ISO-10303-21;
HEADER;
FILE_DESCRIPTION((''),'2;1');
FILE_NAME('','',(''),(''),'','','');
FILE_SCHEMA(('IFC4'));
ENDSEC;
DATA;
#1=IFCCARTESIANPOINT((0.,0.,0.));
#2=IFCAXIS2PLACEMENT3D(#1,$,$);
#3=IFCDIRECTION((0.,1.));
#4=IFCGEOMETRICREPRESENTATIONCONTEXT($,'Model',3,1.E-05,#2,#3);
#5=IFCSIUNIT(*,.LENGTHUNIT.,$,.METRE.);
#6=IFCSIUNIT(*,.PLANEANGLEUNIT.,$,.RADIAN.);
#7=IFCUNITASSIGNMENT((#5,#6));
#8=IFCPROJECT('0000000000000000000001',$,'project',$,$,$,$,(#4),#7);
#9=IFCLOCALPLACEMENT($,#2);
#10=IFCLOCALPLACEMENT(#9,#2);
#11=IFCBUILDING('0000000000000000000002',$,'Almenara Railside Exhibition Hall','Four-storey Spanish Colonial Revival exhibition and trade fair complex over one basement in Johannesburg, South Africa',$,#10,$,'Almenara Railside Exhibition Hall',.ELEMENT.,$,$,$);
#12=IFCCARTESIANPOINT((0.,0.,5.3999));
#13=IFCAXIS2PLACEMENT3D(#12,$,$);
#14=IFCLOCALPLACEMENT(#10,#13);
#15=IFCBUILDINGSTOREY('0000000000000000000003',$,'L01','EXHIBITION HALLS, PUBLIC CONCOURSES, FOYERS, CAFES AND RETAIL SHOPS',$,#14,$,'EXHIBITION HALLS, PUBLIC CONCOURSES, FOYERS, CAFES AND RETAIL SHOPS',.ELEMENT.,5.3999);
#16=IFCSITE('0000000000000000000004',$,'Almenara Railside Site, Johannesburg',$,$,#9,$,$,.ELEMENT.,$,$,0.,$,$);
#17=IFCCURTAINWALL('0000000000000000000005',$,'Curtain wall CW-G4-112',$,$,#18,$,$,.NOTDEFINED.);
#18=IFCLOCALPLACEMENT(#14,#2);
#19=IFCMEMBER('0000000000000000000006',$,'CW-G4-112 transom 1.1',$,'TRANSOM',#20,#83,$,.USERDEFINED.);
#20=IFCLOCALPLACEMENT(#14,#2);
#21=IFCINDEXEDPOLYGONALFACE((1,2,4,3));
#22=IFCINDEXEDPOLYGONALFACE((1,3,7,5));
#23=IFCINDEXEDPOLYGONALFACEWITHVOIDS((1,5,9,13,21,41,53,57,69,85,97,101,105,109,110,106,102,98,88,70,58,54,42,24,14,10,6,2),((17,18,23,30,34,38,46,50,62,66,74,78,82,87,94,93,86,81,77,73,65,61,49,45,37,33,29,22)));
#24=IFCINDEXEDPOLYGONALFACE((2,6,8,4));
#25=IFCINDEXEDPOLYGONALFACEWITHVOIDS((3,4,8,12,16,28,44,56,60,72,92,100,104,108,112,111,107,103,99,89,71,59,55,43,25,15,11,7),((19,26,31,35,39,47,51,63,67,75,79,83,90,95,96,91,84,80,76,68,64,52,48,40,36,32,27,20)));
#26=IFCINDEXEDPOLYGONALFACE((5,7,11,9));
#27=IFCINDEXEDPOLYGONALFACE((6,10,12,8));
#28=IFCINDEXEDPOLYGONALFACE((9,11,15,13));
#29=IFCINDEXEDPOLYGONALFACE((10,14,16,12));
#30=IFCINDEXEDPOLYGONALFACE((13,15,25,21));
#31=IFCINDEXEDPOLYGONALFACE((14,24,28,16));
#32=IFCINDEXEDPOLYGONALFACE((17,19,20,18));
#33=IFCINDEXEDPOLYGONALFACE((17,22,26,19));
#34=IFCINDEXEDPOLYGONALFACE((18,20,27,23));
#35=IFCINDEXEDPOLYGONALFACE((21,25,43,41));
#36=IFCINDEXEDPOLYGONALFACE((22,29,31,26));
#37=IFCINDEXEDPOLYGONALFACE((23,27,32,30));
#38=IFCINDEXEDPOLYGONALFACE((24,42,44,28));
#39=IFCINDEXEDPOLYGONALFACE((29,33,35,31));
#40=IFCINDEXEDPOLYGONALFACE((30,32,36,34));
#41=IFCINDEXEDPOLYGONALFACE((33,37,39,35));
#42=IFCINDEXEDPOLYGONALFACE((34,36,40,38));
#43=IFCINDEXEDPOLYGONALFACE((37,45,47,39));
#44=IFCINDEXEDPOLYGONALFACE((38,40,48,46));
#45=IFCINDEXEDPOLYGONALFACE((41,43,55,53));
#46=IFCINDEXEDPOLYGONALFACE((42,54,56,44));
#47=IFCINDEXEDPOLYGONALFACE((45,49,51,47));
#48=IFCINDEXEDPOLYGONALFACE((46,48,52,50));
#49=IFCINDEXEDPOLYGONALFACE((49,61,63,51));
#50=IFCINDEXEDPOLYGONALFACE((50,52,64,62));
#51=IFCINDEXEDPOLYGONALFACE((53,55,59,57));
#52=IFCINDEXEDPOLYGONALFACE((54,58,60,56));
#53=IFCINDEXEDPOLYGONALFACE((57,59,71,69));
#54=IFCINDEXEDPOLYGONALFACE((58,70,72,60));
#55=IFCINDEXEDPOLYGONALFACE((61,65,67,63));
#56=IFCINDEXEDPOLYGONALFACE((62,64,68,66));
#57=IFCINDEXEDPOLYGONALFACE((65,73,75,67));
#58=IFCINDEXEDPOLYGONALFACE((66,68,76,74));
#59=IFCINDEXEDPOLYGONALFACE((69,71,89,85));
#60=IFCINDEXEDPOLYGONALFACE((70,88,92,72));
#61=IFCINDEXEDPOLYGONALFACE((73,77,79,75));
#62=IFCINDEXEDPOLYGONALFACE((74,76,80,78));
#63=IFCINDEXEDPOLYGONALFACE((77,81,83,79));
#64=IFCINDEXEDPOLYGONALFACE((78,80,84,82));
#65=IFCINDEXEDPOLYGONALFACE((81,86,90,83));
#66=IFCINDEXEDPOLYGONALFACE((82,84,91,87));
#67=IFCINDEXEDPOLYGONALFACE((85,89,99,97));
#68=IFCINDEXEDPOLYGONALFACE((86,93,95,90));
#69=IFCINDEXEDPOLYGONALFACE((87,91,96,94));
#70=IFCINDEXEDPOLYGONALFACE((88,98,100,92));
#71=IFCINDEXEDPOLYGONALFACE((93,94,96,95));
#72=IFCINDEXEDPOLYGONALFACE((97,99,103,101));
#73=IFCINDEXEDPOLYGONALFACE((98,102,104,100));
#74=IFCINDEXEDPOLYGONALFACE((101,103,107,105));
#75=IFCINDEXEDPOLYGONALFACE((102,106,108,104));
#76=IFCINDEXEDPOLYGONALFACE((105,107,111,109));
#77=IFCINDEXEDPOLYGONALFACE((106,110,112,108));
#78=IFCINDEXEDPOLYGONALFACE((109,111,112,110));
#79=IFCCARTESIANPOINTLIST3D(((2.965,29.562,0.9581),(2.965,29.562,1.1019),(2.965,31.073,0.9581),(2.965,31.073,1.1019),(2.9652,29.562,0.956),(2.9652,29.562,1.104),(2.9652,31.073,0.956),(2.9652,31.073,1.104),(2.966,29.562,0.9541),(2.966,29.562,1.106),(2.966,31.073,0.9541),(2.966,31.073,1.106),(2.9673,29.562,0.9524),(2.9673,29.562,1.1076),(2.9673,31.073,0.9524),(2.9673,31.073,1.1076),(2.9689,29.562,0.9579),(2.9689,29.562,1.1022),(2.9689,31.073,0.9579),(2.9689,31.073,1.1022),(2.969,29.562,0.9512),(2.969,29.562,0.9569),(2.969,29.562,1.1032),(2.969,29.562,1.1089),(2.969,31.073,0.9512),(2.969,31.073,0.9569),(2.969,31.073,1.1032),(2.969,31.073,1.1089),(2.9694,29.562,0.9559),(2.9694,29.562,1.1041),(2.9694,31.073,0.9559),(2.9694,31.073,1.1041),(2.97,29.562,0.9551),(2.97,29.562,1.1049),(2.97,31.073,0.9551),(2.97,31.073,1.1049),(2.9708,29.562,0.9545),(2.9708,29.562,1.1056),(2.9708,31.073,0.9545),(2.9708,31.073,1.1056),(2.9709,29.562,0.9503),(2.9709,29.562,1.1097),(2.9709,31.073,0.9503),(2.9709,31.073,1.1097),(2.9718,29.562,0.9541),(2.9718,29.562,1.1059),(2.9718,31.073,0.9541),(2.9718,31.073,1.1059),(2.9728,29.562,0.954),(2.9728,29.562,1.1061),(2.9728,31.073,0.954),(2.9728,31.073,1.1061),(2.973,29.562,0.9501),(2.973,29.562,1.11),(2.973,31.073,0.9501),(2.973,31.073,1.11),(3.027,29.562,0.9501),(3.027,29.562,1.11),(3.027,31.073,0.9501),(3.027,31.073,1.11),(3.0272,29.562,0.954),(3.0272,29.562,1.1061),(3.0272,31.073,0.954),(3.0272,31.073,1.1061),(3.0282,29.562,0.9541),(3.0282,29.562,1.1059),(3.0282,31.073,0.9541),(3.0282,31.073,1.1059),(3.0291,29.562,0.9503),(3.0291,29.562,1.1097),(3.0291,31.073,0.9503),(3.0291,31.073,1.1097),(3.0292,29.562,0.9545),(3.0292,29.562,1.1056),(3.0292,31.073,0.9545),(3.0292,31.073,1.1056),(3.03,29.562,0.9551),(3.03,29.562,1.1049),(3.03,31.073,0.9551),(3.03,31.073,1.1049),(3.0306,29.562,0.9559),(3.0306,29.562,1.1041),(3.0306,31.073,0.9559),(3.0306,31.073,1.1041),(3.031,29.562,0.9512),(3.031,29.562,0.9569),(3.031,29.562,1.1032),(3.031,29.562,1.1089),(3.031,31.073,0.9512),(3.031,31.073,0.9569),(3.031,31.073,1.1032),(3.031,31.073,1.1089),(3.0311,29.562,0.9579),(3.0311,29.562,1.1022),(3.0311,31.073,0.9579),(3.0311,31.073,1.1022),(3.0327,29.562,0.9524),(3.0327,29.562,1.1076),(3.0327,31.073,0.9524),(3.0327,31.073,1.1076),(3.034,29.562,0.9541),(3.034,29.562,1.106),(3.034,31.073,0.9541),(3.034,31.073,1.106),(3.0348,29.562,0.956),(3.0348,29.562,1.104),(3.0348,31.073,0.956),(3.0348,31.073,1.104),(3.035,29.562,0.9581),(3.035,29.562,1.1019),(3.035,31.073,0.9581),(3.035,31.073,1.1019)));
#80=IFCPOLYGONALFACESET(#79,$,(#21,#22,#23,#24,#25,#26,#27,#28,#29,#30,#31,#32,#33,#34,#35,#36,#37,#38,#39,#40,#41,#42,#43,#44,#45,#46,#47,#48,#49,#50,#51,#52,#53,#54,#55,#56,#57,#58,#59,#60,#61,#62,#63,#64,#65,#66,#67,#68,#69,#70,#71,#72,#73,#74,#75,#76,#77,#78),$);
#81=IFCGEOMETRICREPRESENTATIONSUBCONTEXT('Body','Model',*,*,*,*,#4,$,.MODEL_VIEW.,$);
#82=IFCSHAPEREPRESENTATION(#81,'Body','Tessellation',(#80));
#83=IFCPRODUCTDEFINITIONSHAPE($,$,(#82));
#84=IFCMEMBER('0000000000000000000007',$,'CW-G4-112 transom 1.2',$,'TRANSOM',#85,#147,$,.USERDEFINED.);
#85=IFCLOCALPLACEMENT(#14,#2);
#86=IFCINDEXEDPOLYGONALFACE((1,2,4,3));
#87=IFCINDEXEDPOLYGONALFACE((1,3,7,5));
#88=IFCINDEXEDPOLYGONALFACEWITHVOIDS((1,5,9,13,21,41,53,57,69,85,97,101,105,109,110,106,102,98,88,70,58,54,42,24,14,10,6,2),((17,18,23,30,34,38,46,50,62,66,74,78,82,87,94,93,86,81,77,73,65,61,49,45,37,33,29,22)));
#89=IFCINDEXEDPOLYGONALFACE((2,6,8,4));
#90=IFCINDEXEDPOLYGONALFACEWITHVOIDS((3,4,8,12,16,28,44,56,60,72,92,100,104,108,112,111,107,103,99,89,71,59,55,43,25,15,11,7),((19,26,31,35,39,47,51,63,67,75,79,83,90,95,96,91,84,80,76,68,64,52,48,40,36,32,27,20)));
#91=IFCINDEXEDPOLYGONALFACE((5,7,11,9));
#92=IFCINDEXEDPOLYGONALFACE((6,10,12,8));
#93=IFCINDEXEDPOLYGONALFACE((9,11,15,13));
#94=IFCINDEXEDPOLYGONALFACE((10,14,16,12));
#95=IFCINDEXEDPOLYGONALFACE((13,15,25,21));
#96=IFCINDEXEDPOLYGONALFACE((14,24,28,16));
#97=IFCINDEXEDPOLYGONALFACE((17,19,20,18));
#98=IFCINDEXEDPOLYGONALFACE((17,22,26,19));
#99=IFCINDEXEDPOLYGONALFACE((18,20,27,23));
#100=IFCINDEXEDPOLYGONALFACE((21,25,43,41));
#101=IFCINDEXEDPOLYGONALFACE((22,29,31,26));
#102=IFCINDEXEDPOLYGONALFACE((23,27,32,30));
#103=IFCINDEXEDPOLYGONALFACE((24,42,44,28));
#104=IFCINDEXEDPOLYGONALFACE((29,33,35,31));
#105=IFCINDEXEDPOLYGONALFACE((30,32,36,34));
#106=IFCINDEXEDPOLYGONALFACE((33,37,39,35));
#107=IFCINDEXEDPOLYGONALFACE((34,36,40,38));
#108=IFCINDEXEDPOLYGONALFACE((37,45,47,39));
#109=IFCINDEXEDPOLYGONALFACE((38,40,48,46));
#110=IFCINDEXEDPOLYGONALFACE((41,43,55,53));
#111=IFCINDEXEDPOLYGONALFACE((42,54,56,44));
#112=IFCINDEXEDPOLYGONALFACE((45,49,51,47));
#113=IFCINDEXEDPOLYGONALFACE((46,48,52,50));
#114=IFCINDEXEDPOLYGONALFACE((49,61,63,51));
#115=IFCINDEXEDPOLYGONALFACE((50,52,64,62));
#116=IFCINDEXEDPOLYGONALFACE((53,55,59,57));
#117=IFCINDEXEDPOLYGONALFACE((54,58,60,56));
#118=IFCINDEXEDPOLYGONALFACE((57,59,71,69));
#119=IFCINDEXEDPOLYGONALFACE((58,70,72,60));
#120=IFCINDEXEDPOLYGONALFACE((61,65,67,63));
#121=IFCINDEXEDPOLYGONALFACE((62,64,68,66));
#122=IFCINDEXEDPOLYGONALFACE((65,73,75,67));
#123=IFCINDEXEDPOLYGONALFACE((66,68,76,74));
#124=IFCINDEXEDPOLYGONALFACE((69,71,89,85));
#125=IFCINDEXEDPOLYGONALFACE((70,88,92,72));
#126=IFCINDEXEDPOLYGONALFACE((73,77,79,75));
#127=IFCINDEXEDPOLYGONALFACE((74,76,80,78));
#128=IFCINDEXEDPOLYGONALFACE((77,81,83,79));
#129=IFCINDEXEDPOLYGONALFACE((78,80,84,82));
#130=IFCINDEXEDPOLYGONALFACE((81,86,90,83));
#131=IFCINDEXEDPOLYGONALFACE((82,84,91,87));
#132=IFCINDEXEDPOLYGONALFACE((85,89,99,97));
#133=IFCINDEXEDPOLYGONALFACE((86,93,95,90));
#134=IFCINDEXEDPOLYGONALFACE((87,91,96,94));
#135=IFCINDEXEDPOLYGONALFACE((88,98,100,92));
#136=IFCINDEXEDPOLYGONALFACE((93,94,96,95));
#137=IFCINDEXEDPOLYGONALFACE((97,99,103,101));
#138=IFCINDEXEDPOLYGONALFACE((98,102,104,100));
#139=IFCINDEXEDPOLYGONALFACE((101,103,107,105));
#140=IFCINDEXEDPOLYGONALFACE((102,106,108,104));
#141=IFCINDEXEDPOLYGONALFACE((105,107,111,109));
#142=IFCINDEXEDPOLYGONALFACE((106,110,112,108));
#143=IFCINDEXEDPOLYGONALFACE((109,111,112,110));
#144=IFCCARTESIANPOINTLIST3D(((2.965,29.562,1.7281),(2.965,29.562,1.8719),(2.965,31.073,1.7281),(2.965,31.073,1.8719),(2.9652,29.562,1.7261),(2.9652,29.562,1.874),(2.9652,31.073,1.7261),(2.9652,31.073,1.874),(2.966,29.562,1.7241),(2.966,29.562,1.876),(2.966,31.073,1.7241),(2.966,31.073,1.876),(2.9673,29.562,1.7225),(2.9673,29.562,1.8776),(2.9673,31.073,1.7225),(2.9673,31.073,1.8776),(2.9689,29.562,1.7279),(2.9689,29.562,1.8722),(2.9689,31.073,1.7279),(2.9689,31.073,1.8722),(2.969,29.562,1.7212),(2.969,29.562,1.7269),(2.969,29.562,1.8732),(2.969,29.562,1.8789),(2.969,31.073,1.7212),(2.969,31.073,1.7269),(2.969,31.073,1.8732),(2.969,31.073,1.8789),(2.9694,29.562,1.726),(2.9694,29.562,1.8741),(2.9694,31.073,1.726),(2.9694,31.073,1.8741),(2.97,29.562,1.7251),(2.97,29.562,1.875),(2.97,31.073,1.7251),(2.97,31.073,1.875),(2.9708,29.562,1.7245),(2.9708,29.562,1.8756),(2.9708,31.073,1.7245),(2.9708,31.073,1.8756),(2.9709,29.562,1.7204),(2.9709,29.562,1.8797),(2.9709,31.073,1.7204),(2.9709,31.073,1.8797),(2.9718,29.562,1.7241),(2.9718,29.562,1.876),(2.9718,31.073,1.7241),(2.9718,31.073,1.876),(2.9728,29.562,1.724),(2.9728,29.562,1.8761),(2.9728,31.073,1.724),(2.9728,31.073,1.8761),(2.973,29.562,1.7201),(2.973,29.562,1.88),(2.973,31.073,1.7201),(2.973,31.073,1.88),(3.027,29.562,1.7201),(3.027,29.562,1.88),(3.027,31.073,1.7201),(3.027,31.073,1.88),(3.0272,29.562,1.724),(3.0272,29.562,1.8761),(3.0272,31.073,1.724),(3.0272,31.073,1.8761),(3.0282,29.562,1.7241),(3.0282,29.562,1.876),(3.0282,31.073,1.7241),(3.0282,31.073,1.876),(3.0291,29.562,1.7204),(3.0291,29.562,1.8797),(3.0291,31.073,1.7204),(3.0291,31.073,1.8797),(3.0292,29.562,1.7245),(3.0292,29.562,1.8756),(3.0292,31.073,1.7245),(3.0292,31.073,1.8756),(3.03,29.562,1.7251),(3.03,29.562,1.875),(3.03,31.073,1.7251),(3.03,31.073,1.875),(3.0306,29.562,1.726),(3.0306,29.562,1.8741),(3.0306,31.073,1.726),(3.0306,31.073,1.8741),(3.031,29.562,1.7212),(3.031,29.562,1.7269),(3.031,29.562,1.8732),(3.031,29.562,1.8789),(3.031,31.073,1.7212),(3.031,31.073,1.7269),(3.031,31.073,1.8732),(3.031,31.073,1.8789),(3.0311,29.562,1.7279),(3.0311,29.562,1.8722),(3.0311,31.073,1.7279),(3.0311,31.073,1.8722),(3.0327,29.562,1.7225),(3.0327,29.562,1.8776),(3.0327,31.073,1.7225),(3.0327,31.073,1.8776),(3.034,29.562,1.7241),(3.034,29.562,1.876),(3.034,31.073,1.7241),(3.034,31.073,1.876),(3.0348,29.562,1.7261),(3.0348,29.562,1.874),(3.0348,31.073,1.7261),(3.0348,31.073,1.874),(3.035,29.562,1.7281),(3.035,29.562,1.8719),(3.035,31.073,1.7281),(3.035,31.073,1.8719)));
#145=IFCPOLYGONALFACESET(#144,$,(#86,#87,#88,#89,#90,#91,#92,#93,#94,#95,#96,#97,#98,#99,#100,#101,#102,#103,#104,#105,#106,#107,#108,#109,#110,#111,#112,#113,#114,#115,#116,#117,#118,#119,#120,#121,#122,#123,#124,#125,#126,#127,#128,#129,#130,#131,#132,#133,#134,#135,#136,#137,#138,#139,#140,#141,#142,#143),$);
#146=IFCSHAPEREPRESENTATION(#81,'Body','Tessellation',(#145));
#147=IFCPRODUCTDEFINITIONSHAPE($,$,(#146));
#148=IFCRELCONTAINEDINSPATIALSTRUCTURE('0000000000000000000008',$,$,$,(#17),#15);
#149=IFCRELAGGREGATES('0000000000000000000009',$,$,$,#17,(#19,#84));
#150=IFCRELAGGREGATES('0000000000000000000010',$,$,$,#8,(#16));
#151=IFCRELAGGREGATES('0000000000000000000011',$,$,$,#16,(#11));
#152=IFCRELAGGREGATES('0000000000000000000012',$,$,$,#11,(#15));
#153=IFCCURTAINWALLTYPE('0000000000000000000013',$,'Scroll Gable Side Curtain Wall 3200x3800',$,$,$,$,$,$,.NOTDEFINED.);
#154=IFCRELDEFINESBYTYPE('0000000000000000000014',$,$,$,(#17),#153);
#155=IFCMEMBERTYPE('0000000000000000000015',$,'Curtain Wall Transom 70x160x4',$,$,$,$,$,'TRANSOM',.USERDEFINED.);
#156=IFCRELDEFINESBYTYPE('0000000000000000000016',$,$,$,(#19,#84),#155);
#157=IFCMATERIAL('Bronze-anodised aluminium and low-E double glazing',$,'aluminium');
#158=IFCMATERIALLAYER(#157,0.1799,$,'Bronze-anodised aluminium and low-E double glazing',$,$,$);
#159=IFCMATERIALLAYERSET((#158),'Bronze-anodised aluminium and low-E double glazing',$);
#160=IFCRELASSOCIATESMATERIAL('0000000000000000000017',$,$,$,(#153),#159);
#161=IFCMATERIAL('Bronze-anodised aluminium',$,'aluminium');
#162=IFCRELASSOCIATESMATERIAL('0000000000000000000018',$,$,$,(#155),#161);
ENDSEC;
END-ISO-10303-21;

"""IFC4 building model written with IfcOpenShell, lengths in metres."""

from ifc_helpers import new_model, si_unit, direction, frame, origin, origin_2d, place, context, subcontext, project, spatial, hollow_rectangle, extrude, material, layer, layer_set, material_profile, profile_set, type_object, element, aggregate, save


model = new_model("IFC4")

# Units and contexts
model_context = context("Model", 3, precision=1e-05, world=origin(), true_north=direction((0.0, 1.0)))
body_context = subcontext(model_context, "Body", "Model", "MODEL_VIEW")
ifc_project = project(units=[si_unit("LENGTHUNIT", "METRE"), si_unit("PLANEANGLEUNIT", "RADIAN")], contexts=[model_context])

# Site, building, storey
site_placement = place(None, origin())
site = spatial("IfcSite", under=ifc_project, at=site_placement, Name="Almenara Railside Site, Johannesburg", CompositionType="ELEMENT", RefElevation=0.0)
building_placement = place(site_placement, origin())
building = spatial("IfcBuilding", under=site, at=building_placement, Name="Almenara Railside Exhibition Hall", Description="Four-storey Spanish Colonial Revival exhibition and trade fair complex over one basement in Johannesburg, South Africa", LongName="Almenara Railside Exhibition Hall", CompositionType="ELEMENT")
storey_placement = place(building_placement, frame((0.0, 0.0, 5.3999)))
storey = spatial("IfcBuildingStorey", under=building, at=storey_placement, Name="L01", Description="EXHIBITION HALLS, PUBLIC CONCOURSES, FOYERS, CAFES AND RETAIL SHOPS", LongName="EXHIBITION HALLS, PUBLIC CONCOURSES, FOYERS, CAFES AND RETAIL SHOPS", CompositionType="ELEMENT", Elevation=5.3999)

# Curtain wall
ifc_material_1 = material(Name="Bronze-anodised aluminium and low-E double glazing", Category="aluminium")
ifc_layer_1 = layer(ifc_material_1, 0.1799, Name="Bronze-anodised aluminium and low-E double glazing")
ifc_layer_set_1 = layer_set([ifc_layer_1], Name="Bronze-anodised aluminium and low-E double glazing")
curtain_wall_type = type_object("IfcCurtainWallType", Name="Scroll Gable Side Curtain Wall 3200x3800", PredefinedType="NOTDEFINED", material=ifc_layer_set_1)
ifc_material_2 = material(Name="Bronze-anodised aluminium", Category="aluminium")
curtain_wall_1_placement = place(storey_placement, origin())
curtain_wall_1 = element("IfcCurtainWall", 1, at=curtain_wall_1_placement, inside=storey, type_object=curtain_wall_type, Name="Curtain wall CW-G4-112", PredefinedType="NOTDEFINED")

# Members
ifc_material_profile_1 = material_profile(ifc_material_2, hollow_rectangle(XDim=0.0701, YDim=0.1599, WallThickness=0.0039, InnerFilletRadius=0.0039, OuterFilletRadius=0.0081, at=origin_2d()), Name="ALU-TRN 70x160x4")
ifc_profile_set_1 = profile_set([ifc_material_profile_1], Name="Bronze-anodised aluminium")
member_type_1 = type_object("IfcMemberType", Name="Curtain Wall Transom 70x160x4", ElementType="TRANSOM", PredefinedType="USERDEFINED", material=ifc_profile_set_1)
member_1_placement = place(storey_placement, frame((3.0, 29.562, 1.03), z_axis=(0.0, 1.0, 0.0), x_axis=(-1.0, 0.0, 0.0)))
member_1 = element("IfcMember", 2, at=member_1_placement, type_object=member_type_1, Name="CW-G4-112 transom 1.1", ObjectType="TRANSOM", PredefinedType="USERDEFINED", context=body_context, shape_type="SweptSolid", body=[
    extrude(hollow_rectangle(XDim=0.0701, YDim=0.1599, WallThickness=0.0039, InnerFilletRadius=0.0039, OuterFilletRadius=0.0081, at=origin_2d()), origin(), (0.0, 0.0, 1.0), 1.511),
])
member_2_placement = place(storey_placement, frame((3.0, 29.562, 1.8), z_axis=(0.0, 1.0, 0.0), x_axis=(-1.0, 0.0, 0.0)))
member_2 = element("IfcMember", 3, at=member_2_placement, type_object=member_type_1, Name="CW-G4-112 transom 1.2", ObjectType="TRANSOM", PredefinedType="USERDEFINED", context=body_context, shape_type="SweptSolid", body=[
    extrude(hollow_rectangle(XDim=0.0701, YDim=0.1599, WallThickness=0.0039, InnerFilletRadius=0.0039, OuterFilletRadius=0.0081, at=origin_2d()), origin(), (0.0, 0.0, 1.0), 1.511),
])

aggregate(curtain_wall_1, [member_1, member_2])

save(model, "model.ifc")
